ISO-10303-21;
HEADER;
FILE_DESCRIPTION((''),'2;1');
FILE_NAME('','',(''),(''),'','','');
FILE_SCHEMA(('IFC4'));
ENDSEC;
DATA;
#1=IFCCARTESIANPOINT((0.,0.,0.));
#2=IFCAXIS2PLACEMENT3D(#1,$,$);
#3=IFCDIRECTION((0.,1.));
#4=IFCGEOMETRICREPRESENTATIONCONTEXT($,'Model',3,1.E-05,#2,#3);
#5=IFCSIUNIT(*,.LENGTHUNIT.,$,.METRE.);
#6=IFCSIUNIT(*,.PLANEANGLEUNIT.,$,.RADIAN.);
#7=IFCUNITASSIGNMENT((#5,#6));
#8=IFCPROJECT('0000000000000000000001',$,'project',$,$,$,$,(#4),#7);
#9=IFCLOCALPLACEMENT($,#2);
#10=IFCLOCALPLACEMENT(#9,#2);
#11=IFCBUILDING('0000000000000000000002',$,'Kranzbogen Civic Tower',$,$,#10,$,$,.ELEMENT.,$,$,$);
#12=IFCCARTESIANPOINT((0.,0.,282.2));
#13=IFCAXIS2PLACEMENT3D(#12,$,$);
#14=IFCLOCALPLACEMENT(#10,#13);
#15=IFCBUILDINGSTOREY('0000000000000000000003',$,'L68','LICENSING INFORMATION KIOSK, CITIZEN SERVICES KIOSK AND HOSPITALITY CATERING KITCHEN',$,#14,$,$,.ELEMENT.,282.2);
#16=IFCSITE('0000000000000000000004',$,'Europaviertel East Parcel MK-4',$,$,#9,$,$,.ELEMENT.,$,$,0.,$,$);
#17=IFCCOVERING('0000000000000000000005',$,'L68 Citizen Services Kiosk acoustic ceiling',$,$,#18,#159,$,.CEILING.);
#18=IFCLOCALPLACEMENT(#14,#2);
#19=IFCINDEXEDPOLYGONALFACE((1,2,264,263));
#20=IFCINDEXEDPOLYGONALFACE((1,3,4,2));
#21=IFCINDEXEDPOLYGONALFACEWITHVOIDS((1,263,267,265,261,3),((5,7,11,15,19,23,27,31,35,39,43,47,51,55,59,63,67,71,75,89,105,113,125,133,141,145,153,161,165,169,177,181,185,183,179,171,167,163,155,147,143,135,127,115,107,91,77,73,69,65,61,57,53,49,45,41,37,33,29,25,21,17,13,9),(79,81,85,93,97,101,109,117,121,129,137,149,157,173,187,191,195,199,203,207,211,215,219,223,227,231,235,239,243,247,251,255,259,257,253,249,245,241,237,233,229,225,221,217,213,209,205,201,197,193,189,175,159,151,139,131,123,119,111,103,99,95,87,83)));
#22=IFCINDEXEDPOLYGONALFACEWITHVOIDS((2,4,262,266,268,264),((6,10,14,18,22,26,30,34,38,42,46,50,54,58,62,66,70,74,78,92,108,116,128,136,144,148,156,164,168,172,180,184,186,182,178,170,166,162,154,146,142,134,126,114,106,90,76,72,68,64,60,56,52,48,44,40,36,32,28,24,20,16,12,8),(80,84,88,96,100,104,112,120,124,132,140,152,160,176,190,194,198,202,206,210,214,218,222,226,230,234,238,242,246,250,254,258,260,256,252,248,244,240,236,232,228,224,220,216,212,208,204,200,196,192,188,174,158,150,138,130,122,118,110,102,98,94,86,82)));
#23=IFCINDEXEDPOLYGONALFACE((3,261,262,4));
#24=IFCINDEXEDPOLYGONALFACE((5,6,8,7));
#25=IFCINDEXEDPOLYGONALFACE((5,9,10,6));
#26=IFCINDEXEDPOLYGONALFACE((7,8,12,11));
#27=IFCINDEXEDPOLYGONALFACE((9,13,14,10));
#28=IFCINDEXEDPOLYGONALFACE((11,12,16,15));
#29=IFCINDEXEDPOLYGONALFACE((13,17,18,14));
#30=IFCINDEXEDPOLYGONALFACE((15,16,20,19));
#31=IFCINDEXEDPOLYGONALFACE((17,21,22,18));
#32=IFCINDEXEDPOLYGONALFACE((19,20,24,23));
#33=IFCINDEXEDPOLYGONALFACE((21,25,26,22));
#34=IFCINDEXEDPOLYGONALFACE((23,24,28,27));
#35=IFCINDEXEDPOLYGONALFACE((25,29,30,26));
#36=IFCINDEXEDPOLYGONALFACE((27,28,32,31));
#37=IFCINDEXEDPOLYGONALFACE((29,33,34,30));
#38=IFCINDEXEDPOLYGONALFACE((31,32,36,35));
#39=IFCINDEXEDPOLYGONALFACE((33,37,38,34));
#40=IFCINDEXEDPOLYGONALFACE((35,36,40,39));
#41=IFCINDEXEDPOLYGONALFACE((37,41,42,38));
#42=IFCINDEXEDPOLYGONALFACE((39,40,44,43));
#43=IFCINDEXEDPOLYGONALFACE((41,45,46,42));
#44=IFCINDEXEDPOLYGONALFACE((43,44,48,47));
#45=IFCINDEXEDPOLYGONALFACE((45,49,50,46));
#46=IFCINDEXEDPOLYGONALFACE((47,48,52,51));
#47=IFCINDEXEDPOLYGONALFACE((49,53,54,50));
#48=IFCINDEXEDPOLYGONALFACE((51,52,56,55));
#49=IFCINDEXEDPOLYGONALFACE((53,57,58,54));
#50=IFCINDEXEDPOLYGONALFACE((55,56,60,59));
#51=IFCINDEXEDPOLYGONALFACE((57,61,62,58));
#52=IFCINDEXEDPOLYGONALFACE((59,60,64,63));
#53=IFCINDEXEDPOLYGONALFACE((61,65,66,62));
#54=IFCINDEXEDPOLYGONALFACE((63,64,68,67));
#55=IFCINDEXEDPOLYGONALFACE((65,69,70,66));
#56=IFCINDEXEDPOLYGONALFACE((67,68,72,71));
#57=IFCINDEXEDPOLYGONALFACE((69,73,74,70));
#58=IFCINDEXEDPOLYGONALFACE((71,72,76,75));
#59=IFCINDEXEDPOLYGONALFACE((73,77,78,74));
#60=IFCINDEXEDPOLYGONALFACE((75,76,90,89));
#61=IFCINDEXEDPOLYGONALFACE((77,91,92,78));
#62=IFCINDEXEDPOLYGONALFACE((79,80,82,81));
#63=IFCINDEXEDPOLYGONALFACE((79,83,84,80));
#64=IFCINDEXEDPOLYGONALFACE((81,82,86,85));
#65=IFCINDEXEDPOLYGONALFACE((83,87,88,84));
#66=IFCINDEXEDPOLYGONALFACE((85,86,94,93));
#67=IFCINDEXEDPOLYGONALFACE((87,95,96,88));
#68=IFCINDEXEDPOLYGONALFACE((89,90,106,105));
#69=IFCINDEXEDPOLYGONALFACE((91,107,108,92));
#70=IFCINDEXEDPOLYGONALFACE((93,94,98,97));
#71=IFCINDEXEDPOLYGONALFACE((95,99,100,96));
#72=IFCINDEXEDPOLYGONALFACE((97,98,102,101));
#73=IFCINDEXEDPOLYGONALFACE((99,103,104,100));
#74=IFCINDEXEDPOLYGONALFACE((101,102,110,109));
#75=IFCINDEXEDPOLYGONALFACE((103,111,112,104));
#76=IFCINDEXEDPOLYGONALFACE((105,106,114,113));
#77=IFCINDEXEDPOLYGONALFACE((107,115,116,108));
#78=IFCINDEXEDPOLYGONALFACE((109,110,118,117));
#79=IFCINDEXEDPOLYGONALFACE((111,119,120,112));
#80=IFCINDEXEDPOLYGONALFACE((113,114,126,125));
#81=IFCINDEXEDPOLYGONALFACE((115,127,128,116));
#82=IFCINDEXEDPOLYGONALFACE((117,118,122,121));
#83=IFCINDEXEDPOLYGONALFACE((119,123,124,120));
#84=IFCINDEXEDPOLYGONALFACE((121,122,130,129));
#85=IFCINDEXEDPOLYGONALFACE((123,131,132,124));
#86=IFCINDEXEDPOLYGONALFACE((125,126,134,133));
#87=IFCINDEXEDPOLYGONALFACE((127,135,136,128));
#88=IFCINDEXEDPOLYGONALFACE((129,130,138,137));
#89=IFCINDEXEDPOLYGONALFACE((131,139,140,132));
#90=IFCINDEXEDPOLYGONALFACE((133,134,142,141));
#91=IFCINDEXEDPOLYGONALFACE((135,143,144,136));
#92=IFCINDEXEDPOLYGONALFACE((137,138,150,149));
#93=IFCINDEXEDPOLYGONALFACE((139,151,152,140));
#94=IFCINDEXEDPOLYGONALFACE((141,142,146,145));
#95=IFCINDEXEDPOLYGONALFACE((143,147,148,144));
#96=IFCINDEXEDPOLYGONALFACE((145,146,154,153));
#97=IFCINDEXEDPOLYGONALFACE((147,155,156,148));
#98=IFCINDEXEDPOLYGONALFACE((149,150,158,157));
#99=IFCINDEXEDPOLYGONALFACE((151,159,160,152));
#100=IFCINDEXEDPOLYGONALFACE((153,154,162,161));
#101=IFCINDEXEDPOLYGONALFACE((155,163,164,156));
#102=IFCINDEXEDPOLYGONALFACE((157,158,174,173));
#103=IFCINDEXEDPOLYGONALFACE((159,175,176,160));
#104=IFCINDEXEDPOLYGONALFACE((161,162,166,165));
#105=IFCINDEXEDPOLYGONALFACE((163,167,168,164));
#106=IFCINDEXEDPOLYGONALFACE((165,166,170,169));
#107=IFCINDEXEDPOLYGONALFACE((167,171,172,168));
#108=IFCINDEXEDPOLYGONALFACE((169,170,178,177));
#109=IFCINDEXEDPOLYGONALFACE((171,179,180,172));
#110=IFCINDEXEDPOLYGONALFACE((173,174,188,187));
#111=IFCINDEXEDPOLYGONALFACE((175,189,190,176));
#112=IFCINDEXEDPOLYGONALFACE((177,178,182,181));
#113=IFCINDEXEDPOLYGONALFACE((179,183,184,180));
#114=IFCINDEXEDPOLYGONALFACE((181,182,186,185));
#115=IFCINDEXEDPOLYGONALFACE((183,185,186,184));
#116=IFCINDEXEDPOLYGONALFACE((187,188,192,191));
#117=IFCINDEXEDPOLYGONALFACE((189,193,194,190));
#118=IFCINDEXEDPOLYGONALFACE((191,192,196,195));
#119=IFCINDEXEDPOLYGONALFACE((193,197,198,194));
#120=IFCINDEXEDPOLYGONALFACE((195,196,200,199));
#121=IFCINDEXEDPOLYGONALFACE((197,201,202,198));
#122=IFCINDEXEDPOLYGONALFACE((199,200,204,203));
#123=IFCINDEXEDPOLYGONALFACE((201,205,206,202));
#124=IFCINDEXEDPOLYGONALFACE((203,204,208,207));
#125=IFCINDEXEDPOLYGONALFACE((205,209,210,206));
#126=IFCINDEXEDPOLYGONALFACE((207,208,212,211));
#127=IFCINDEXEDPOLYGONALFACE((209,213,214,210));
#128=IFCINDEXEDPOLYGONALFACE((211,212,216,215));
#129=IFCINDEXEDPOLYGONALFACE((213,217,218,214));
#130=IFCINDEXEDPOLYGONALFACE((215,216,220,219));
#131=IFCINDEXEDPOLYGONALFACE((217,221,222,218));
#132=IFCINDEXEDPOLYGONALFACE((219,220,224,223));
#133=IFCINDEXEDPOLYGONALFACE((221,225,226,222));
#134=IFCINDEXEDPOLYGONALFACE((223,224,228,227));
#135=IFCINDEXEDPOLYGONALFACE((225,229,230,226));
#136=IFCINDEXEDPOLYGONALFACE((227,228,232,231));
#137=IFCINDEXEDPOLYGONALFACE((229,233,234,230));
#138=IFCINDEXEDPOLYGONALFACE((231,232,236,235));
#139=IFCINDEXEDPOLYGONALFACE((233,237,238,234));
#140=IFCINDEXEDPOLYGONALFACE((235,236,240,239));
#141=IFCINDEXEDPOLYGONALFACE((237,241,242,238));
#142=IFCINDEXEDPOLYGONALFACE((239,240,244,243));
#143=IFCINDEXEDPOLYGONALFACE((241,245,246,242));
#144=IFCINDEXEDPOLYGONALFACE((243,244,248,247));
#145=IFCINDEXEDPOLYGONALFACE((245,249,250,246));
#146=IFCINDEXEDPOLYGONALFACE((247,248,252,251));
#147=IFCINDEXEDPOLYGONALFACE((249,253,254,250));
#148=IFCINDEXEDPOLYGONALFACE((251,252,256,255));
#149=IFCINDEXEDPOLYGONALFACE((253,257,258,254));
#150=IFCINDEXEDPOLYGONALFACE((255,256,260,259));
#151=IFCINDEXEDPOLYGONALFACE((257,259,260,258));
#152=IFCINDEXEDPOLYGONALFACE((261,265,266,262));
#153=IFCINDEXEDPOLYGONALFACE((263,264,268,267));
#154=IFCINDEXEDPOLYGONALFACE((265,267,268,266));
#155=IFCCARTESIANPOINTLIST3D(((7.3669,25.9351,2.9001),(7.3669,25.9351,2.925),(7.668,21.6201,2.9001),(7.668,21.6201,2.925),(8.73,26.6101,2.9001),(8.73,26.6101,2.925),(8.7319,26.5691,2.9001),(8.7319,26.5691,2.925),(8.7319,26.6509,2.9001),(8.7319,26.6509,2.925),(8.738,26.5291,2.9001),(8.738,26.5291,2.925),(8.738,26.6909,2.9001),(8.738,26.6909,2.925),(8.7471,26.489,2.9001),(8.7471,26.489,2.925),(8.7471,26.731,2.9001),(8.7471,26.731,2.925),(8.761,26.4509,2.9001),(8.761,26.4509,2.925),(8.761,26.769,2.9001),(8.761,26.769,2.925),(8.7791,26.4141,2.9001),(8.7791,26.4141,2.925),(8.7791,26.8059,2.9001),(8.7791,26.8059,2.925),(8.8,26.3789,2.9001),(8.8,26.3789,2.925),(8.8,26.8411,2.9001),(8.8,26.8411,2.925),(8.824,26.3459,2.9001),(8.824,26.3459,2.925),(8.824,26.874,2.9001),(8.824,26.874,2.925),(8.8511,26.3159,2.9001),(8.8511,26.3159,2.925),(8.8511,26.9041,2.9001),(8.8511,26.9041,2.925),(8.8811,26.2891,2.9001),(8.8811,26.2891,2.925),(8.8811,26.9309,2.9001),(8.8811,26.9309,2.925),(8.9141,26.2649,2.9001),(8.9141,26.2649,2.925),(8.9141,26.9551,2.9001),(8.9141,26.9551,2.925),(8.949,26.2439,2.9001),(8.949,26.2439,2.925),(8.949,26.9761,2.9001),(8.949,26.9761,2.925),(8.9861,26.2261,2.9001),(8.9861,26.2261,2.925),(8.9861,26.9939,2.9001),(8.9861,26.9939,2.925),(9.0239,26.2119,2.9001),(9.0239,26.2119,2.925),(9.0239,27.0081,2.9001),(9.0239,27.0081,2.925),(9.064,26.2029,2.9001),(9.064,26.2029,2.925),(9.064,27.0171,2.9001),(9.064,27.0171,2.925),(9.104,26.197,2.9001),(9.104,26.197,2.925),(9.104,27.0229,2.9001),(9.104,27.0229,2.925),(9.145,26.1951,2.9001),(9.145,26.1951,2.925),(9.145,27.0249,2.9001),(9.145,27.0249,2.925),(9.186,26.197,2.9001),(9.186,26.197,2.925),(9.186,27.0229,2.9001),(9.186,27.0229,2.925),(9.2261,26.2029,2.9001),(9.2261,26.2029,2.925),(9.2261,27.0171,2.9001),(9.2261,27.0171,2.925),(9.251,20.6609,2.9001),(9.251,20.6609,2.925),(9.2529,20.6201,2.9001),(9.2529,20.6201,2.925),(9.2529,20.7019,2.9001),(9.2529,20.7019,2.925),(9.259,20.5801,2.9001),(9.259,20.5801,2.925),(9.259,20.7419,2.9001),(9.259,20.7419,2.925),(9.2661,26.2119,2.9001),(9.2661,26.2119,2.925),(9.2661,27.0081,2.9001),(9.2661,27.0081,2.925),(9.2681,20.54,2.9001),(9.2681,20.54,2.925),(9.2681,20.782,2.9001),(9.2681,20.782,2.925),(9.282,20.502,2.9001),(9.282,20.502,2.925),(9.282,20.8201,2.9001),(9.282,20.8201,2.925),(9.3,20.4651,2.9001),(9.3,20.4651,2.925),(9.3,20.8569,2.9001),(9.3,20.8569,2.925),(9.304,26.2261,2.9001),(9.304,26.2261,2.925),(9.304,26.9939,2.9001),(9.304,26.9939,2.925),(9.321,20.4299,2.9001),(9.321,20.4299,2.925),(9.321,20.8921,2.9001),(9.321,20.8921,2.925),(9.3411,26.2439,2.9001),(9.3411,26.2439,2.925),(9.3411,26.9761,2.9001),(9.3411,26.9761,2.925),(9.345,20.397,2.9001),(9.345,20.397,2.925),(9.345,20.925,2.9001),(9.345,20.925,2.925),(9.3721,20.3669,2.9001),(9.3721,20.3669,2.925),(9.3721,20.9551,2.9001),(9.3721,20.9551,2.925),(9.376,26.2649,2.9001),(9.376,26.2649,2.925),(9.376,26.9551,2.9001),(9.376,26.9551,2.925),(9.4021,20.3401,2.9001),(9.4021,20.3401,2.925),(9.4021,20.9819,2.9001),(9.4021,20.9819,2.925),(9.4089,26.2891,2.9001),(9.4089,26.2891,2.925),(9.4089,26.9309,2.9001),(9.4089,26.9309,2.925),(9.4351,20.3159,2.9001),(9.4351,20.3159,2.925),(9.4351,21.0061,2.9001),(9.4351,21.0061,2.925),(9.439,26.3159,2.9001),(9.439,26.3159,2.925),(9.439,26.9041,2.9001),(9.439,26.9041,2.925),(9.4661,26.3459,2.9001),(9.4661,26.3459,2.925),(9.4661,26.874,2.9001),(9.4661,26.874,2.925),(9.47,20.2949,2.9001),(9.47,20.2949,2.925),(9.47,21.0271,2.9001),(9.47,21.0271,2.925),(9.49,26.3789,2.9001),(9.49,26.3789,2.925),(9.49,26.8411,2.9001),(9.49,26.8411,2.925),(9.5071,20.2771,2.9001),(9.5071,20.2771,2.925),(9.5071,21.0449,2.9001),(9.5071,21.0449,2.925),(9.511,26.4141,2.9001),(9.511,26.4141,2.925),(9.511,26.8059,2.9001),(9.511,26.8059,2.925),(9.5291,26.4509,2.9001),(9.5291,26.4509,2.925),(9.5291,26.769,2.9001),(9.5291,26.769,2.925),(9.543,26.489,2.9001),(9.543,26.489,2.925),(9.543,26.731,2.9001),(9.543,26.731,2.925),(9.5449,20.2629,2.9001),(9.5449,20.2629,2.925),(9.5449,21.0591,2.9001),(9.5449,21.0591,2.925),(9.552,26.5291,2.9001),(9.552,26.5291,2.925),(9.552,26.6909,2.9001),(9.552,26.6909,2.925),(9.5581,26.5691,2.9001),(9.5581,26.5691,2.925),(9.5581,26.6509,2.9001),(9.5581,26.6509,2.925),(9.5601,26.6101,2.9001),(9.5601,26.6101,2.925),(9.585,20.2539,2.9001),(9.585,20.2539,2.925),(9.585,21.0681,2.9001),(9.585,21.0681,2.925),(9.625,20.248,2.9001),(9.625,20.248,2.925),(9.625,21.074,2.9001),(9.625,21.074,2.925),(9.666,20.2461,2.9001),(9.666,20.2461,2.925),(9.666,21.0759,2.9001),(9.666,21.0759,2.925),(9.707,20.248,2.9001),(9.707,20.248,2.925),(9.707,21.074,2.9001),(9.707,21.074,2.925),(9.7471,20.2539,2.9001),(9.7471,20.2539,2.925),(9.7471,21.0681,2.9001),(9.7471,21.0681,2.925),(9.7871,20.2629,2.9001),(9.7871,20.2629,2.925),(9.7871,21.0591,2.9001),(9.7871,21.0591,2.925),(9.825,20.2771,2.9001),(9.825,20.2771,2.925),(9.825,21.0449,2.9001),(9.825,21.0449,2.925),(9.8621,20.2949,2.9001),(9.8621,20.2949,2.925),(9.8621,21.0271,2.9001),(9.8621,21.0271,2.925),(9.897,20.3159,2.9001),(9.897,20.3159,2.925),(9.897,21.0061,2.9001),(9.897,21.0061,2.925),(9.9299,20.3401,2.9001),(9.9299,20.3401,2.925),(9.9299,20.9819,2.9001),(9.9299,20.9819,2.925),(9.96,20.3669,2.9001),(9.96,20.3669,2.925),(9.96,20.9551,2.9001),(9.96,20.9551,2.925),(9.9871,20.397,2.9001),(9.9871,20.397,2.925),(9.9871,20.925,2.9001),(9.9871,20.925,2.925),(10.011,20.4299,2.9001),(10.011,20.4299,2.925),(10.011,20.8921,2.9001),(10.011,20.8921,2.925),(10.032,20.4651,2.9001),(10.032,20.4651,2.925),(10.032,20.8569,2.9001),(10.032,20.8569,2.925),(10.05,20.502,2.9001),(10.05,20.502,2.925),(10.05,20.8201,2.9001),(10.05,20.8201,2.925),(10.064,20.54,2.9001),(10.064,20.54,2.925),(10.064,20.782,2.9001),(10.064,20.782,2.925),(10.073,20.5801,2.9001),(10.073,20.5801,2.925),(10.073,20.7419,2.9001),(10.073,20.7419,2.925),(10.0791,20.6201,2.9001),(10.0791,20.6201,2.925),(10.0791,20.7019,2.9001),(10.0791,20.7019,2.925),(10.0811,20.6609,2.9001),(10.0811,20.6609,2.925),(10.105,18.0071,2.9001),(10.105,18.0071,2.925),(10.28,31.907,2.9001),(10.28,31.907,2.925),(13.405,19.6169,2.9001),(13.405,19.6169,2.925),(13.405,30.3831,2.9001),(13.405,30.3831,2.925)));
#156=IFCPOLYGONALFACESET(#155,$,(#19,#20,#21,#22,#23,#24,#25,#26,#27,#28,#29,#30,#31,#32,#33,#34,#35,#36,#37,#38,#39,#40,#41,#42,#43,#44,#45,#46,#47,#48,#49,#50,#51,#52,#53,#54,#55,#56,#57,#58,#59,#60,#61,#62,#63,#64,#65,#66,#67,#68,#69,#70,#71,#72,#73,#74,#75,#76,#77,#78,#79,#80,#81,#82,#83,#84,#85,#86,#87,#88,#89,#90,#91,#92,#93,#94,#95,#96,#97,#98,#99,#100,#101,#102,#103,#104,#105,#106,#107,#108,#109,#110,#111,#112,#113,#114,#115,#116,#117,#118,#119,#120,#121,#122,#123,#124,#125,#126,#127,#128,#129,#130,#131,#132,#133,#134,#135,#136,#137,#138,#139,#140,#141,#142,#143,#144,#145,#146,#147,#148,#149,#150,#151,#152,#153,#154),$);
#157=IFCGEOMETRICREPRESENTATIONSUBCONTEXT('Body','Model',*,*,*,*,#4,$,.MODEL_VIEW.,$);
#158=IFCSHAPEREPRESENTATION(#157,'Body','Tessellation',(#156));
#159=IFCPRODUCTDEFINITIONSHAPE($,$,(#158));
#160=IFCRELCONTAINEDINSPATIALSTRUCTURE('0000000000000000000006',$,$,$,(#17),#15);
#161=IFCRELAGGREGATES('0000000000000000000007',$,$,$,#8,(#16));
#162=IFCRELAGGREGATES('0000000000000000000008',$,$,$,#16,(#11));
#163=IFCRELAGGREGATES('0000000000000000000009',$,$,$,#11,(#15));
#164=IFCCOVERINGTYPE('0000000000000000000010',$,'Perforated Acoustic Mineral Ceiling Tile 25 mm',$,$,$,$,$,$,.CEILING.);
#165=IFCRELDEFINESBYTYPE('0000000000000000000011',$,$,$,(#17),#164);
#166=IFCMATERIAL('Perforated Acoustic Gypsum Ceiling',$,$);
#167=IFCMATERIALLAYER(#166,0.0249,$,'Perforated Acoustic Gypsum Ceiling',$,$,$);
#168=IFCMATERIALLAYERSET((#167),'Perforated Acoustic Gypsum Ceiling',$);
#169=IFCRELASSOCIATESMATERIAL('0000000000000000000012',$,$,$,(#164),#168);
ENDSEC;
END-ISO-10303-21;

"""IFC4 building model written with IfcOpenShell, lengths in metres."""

from ifc_helpers import new_model, si_unit, direction, frame, origin, place, context, subcontext, project, spatial, polyline, outline, extrude, material, layer, layer_set, type_object, element, save


model = new_model("IFC4")

# Units and contexts
model_context = context("Model", 3, precision=1e-05, world=origin(), true_north=direction((0.0, 1.0)))
body_context = subcontext(model_context, "Body", "Model", "MODEL_VIEW")
ifc_project = project(units=[si_unit("LENGTHUNIT", "METRE"), si_unit("PLANEANGLEUNIT", "RADIAN")], contexts=[model_context])

# Site, building, storey
site_placement = place(None, origin())
site = spatial("IfcSite", under=ifc_project, at=site_placement, Name="Europaviertel East Parcel MK-4", CompositionType="ELEMENT", RefElevation=0.0)
building_placement = place(site_placement, origin())
building = spatial("IfcBuilding", under=site, at=building_placement, Name="Kranzbogen Civic Tower", CompositionType="ELEMENT")
storey_placement = place(building_placement, frame((0.0, 0.0, 282.2)))
storey = spatial("IfcBuildingStorey", under=building, at=storey_placement, Name="L68", Description="LICENSING INFORMATION KIOSK, CITIZEN SERVICES KIOSK AND HOSPITALITY CATERING KITCHEN", CompositionType="ELEMENT", Elevation=282.2)

# Covering
ifc_material_1 = material(Name="Perforated Acoustic Gypsum Ceiling")
ifc_layer_1 = layer(ifc_material_1, 0.0249, Name="Perforated Acoustic Gypsum Ceiling")
ifc_layer_set_1 = layer_set([ifc_layer_1], Name="Perforated Acoustic Gypsum Ceiling")
covering_type_1 = type_object("IfcCoveringType", Name="Perforated Acoustic Mineral Ceiling Tile 25 mm", PredefinedType="CEILING", material=ifc_layer_set_1)
covering_1_placement = place(storey_placement, frame((0.0, 0.0, 2.9001)))
element("IfcCovering", 1, at=covering_1_placement, inside=storey, type_object=covering_type_1, Name="L68 Citizen Services Kiosk acoustic ceiling", PredefinedType="CEILING", context=body_context, shape_type="SweptSolid", body=[
    extrude(outline(polyline([(7.3669, 25.9351), (10.28, 31.907), (13.405, 30.3831), (13.405, 19.6169), (10.105, 18.0071), (7.668, 21.6201), (7.3669, 25.9351)]), holes=[polyline([(10.05, 20.502), (10.032, 20.4651), (10.011, 20.4299), (9.9871, 20.397), (9.96, 20.3669), (9.9299, 20.3401), (9.897, 20.3159), (9.8621, 20.2949), (9.825, 20.2771), (9.7871, 20.2629), (9.7471, 20.2539), (9.707, 20.248), (9.666, 20.2461), (9.625, 20.248), (9.585, 20.2539), (9.5449, 20.2629), (9.5071, 20.2771), (9.47, 20.2949), (9.4351, 20.3159), (9.4021, 20.3401), (9.3721, 20.3669), (9.345, 20.397), (9.321, 20.4299), (9.3, 20.4651), (9.282, 20.502), (9.2681, 20.54), (9.259, 20.5801), (9.2529, 20.6201), (9.251, 20.6609), (9.2529, 20.7019), (9.259, 20.7419), (9.2681, 20.782), (9.282, 20.8201), (9.3, 20.8569), (9.321, 20.8921), (9.345, 20.925), (9.3721, 20.9551), (9.4021, 20.9819), (9.4351, 21.0061), (9.47, 21.0271), (9.5071, 21.0449), (9.5449, 21.0591), (9.585, 21.0681), (9.625, 21.074), (9.666, 21.0759), (9.707, 21.074), (9.7471, 21.0681), (9.7871, 21.0591), (9.825, 21.0449), (9.8621, 21.0271), (9.897, 21.0061), (9.9299, 20.9819), (9.96, 20.9551), (9.9871, 20.925), (10.011, 20.8921), (10.032, 20.8569), (10.05, 20.8201), (10.064, 20.782), (10.073, 20.7419), (10.0791, 20.7019), (10.0811, 20.6609), (10.0791, 20.6201), (10.073, 20.5801), (10.064, 20.54), (10.05, 20.502)]), polyline([(9.5291, 26.4509), (9.511, 26.4141), (9.49, 26.3789), (9.4661, 26.3459), (9.439, 26.3159), (9.4089, 26.2891), (9.376, 26.2649), (9.3411, 26.2439), (9.304, 26.2261), (9.2661, 26.2119), (9.2261, 26.2029), (9.186, 26.197), (9.145, 26.1951), (9.104, 26.197), (9.064, 26.2029), (9.0239, 26.2119), (8.9861, 26.2261), (8.949, 26.2439), (8.9141, 26.2649), (8.8811, 26.2891), (8.8511, 26.3159), (8.824, 26.3459), (8.8, 26.3789), (8.7791, 26.4141), (8.761, 26.4509), (8.7471, 26.489), (8.738, 26.5291), (8.7319, 26.5691), (8.73, 26.6101), (8.7319, 26.6509), (8.738, 26.6909), (8.7471, 26.731), (8.761, 26.769), (8.7791, 26.8059), (8.8, 26.8411), (8.824, 26.874), (8.8511, 26.9041), (8.8811, 26.9309), (8.9141, 26.9551), (8.949, 26.9761), (8.9861, 26.9939), (9.0239, 27.0081), (9.064, 27.0171), (9.104, 27.0229), (9.145, 27.0249), (9.186, 27.0229), (9.2261, 27.0171), (9.2661, 27.0081), (9.304, 26.9939), (9.3411, 26.9761), (9.376, 26.9551), (9.4089, 26.9309), (9.439, 26.9041), (9.4661, 26.874), (9.49, 26.8411), (9.511, 26.8059), (9.5291, 26.769), (9.543, 26.731), (9.552, 26.6909), (9.5581, 26.6509), (9.5601, 26.6101), (9.5581, 26.5691), (9.552, 26.5291), (9.543, 26.489), (9.5291, 26.4509)])]), origin(), (0.0, 0.0, 1.0), 0.0249),
])

save(model, "model.ifc")
